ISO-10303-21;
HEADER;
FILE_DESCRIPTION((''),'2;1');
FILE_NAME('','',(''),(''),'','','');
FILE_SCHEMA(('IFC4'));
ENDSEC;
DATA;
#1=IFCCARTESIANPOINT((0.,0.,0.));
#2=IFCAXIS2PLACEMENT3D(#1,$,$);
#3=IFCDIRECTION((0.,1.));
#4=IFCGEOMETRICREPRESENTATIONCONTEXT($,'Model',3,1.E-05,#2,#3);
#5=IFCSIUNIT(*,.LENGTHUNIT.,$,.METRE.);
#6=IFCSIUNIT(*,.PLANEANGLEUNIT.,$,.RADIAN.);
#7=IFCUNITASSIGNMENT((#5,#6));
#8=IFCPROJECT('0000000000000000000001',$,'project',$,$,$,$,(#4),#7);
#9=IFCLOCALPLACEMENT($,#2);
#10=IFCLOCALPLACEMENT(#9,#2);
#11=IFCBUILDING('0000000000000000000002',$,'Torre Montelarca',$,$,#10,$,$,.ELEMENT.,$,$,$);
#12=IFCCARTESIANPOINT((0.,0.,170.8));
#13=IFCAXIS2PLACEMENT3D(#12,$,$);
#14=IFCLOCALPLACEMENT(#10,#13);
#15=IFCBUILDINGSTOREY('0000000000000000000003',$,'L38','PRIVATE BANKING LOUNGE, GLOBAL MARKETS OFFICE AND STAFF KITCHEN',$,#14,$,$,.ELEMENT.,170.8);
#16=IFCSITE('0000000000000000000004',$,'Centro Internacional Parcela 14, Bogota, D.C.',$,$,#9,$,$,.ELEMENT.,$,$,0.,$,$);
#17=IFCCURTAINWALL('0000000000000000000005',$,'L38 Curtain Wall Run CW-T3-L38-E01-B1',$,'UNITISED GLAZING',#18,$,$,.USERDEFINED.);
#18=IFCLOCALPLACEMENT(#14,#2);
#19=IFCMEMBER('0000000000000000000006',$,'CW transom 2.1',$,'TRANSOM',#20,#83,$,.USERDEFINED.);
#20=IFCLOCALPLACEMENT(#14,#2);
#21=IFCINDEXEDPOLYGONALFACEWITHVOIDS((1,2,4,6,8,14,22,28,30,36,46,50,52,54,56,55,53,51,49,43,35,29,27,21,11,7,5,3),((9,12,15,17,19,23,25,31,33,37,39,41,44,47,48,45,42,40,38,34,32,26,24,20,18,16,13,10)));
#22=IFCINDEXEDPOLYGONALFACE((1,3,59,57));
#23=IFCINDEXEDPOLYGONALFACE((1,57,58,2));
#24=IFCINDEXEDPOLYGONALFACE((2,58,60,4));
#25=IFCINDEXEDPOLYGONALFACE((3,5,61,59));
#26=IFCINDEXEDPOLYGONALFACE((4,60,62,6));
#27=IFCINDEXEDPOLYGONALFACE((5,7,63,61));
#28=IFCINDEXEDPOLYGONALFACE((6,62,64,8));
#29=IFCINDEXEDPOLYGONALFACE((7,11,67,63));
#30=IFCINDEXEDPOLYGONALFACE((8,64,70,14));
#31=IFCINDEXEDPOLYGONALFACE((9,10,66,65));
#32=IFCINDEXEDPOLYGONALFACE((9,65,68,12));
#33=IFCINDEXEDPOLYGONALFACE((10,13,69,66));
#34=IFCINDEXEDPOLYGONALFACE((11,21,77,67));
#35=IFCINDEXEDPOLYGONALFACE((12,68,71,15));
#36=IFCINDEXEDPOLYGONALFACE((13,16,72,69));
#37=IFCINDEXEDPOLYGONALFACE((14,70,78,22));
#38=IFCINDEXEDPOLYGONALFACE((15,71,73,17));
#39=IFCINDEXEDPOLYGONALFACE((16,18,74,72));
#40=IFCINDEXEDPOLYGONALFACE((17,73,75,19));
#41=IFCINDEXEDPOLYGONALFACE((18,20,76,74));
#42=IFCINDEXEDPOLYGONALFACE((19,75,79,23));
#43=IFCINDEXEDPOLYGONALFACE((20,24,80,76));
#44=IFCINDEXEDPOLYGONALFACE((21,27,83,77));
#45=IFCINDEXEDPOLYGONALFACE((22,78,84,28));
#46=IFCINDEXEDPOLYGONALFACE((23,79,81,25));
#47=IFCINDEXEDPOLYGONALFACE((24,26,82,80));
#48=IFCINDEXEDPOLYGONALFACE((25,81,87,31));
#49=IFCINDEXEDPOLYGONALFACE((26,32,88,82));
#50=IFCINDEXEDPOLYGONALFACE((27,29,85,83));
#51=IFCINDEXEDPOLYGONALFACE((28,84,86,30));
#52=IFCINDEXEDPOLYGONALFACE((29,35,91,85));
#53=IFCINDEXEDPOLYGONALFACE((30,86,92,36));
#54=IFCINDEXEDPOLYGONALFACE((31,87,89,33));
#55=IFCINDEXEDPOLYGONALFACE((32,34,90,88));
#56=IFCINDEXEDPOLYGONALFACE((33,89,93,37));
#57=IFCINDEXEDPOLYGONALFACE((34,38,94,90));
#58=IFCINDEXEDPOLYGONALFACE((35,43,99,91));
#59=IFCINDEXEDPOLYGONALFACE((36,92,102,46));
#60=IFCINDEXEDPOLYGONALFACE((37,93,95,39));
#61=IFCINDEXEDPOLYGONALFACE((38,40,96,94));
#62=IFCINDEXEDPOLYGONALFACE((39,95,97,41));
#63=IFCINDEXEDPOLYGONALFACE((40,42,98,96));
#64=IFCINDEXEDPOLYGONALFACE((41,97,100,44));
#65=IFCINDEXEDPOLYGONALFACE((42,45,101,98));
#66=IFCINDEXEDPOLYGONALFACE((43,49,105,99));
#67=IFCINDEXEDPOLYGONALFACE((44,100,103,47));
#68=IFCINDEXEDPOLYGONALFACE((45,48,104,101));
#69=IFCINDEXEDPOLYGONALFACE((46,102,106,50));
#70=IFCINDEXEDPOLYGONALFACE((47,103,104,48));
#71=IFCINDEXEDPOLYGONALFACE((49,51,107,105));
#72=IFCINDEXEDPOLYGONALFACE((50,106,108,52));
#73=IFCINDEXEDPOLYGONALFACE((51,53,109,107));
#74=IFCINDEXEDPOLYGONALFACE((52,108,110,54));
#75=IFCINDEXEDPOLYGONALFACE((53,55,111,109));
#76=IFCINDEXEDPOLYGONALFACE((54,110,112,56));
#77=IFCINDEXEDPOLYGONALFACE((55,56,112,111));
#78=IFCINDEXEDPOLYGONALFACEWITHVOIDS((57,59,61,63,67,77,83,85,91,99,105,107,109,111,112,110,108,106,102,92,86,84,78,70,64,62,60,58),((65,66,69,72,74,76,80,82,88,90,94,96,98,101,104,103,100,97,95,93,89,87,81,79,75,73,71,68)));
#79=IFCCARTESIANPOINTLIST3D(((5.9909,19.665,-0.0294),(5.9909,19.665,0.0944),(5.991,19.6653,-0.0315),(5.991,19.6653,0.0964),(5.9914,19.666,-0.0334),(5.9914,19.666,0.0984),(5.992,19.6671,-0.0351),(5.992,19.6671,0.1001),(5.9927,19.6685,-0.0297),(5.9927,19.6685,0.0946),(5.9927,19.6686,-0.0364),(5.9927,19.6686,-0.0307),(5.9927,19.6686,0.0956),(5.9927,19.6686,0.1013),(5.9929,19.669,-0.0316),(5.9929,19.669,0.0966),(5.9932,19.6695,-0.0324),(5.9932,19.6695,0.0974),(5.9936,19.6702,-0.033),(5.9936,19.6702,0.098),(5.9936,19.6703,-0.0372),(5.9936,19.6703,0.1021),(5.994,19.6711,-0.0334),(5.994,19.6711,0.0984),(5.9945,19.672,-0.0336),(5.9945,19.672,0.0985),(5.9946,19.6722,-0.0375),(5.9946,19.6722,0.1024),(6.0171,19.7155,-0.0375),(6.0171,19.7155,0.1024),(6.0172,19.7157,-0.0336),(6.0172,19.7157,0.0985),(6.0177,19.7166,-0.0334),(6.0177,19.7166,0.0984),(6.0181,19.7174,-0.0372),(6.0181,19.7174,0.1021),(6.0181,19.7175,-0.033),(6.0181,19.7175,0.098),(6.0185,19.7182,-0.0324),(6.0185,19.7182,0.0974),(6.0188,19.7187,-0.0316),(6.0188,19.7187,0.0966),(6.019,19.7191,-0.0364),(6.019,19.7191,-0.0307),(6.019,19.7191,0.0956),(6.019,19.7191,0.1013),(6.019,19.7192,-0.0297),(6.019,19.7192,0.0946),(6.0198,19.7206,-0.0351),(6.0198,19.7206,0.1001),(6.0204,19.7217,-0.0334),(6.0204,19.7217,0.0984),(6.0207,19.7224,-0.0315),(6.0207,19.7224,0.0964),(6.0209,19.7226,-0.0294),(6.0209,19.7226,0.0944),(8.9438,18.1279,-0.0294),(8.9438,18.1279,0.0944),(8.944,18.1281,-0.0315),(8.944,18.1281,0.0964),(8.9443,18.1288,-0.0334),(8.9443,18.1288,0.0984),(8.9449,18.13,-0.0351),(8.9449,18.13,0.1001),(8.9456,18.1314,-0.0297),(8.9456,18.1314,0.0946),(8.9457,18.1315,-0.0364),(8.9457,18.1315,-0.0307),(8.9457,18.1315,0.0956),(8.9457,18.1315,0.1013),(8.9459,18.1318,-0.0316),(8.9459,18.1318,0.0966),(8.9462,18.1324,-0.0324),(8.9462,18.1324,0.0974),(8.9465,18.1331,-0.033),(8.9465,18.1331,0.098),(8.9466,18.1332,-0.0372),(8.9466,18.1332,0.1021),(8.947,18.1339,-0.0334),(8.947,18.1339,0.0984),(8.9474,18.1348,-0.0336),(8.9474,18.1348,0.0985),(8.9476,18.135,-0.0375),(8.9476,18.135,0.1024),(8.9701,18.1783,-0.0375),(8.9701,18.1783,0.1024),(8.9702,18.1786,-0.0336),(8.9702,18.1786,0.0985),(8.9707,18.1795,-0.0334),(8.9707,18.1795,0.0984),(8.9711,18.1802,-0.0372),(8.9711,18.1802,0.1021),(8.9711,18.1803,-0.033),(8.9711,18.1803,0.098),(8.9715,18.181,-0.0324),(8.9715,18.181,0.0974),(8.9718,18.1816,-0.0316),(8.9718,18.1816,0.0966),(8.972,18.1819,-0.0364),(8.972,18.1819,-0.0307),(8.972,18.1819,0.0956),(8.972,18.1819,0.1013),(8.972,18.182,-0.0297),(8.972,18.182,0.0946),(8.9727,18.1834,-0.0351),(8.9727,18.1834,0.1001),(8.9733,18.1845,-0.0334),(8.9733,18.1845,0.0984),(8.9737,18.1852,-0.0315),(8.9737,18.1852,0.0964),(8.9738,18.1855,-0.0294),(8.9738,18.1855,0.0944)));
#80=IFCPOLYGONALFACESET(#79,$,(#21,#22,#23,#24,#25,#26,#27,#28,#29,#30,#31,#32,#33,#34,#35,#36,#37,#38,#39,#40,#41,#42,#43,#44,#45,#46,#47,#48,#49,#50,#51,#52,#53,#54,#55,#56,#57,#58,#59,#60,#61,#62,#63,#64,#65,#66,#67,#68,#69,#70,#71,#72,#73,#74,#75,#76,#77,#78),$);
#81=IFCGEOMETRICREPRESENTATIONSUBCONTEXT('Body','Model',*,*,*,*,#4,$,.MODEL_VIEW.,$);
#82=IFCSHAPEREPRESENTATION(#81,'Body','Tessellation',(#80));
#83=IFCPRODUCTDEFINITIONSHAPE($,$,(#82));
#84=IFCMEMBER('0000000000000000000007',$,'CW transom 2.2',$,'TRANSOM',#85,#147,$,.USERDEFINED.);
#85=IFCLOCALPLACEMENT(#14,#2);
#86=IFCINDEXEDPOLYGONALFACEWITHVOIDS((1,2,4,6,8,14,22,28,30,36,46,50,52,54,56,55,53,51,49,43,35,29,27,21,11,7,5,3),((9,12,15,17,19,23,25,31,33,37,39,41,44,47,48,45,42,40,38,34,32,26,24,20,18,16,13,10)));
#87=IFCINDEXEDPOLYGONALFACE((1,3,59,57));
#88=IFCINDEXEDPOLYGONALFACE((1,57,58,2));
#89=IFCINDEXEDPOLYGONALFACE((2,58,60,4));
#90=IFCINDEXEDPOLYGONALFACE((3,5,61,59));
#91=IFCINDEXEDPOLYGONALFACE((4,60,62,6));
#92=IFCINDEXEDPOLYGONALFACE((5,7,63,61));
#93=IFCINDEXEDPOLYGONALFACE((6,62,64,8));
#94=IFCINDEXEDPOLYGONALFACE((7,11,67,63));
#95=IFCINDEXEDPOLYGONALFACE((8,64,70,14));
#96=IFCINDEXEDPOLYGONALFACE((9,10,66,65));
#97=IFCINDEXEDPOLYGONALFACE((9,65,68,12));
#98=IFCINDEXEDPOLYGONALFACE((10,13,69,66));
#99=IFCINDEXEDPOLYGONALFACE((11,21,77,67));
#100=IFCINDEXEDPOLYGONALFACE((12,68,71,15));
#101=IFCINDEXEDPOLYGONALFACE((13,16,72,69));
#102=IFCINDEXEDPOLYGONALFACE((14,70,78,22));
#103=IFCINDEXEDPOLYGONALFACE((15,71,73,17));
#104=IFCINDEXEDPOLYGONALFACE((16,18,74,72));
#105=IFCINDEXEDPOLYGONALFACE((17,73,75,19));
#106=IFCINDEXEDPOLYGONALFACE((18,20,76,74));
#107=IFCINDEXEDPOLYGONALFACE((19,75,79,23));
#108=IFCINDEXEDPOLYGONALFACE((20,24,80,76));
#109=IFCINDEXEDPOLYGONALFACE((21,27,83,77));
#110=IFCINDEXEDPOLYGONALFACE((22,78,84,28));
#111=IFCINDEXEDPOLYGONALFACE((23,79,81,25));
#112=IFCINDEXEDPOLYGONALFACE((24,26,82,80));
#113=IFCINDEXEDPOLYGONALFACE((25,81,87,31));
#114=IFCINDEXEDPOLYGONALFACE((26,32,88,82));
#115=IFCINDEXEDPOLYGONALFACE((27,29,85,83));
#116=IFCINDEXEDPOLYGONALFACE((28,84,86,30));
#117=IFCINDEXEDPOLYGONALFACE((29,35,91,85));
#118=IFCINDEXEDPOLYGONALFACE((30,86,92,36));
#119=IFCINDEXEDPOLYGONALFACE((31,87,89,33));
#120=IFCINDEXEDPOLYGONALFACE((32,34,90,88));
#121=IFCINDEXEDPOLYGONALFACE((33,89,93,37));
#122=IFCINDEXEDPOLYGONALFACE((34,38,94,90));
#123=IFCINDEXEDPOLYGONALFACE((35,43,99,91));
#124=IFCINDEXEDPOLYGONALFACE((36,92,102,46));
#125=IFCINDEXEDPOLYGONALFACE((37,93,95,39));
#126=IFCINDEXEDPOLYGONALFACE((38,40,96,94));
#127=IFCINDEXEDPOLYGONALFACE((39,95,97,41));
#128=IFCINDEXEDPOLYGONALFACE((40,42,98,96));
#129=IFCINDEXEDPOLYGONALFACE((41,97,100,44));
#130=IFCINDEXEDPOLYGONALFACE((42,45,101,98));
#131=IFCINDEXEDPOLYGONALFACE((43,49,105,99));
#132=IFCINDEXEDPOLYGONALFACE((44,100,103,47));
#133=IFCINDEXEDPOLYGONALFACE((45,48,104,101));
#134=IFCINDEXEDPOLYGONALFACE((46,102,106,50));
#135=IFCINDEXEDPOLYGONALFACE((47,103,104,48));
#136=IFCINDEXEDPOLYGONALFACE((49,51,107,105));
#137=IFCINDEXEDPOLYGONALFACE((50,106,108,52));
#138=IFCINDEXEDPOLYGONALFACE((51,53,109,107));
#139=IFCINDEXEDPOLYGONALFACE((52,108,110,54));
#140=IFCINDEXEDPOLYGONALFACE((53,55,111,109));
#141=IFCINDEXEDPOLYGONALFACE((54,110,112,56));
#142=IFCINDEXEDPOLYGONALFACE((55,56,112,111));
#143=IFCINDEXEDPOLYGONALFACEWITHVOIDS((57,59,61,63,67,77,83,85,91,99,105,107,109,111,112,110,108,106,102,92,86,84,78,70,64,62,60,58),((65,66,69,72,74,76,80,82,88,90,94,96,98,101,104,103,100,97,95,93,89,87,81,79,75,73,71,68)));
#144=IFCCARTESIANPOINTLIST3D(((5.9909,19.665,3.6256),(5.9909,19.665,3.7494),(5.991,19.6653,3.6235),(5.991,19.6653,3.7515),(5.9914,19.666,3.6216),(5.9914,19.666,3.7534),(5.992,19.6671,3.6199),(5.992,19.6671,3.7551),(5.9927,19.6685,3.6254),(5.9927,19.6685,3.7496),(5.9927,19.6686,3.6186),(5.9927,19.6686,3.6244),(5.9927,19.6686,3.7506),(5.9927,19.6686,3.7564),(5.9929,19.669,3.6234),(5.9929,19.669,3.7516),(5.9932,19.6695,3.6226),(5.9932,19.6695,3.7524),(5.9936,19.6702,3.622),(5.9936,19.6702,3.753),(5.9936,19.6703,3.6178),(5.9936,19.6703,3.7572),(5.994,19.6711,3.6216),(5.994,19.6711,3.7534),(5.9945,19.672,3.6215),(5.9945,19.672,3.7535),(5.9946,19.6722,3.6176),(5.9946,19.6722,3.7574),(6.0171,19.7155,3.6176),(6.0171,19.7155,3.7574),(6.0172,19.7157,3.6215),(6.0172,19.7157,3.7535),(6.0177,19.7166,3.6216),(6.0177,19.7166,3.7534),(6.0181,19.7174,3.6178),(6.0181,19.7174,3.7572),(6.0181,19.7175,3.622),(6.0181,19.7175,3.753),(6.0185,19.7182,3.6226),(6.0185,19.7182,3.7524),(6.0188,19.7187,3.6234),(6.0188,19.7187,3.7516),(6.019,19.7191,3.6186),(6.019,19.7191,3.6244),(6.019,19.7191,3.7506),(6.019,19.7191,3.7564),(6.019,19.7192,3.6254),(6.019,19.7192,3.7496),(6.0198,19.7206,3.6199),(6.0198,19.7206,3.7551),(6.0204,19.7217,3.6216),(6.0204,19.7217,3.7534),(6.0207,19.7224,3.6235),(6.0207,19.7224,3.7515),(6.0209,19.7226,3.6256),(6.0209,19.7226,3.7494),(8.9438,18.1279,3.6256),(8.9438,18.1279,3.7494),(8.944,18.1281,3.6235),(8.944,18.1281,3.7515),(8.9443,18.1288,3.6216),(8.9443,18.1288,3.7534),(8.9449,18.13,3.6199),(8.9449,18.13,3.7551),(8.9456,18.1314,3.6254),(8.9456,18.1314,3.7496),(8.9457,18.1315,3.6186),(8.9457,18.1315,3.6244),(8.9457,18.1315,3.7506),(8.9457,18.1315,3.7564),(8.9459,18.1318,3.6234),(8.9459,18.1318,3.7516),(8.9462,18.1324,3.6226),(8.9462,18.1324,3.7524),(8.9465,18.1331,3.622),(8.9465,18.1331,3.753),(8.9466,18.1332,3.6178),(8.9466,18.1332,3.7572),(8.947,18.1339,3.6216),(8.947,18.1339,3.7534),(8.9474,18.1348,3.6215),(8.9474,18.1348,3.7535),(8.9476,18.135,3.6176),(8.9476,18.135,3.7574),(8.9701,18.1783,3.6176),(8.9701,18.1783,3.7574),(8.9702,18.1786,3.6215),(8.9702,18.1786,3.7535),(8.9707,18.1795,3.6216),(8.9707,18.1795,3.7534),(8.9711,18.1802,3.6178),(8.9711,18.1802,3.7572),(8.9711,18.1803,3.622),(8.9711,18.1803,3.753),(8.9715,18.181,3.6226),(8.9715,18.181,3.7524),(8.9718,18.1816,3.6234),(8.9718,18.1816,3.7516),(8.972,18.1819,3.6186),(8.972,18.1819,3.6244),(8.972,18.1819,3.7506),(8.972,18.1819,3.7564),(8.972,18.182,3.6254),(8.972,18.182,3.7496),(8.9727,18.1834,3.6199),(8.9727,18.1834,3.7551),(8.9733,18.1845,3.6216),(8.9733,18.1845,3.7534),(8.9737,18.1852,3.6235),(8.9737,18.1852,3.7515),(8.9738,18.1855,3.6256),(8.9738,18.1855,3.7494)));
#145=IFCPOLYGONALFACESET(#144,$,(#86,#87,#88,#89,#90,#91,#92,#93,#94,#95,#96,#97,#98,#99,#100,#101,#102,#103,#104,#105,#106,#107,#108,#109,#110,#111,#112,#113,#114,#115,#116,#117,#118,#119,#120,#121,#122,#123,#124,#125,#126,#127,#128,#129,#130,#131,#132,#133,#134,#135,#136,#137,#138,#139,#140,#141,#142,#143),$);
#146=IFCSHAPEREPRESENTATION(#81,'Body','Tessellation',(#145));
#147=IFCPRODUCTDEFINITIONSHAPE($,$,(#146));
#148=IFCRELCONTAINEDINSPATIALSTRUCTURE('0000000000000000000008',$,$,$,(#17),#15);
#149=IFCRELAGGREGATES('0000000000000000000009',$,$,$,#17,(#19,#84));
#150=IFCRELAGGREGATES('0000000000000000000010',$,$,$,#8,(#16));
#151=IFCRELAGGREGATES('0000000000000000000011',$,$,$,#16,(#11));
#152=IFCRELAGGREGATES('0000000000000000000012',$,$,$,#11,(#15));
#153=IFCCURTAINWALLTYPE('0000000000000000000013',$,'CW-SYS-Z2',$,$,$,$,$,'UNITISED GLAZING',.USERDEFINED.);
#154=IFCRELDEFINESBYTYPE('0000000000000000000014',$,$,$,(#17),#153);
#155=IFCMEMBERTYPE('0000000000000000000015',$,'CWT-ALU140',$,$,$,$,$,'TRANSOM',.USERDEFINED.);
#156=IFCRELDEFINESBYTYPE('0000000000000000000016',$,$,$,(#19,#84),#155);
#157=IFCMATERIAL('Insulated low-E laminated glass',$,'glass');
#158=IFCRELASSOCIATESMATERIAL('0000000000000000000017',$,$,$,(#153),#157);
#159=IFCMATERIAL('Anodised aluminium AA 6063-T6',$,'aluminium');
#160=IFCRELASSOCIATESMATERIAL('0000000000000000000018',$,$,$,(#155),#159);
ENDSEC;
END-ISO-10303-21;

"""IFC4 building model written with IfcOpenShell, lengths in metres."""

from ifc_helpers import new_model, si_unit, direction, frame, origin, origin_2d, place, context, subcontext, project, spatial, hollow_rectangle, extrude, source, transform, mapped, material, material_profile, profile_set, type_object, element, aggregate, save


model = new_model("IFC4")

# Units and contexts
model_context = context("Model", 3, precision=1e-05, world=origin(), true_north=direction((0.0, 1.0)))
body_context = subcontext(model_context, "Body", "Model", "MODEL_VIEW")
ifc_project = project(units=[si_unit("LENGTHUNIT", "METRE"), si_unit("PLANEANGLEUNIT", "RADIAN")], contexts=[model_context])

# Site, building, storey
site_placement = place(None, origin())
site = spatial("IfcSite", under=ifc_project, at=site_placement, Name="Centro Internacional Parcela 14, Bogota, D.C.", CompositionType="ELEMENT", RefElevation=0.0)
building_placement = place(site_placement, origin())
building = spatial("IfcBuilding", under=site, at=building_placement, Name="Torre Montelarca", CompositionType="ELEMENT")
storey_placement = place(building_placement, frame((0.0, 0.0, 170.8)))
storey = spatial("IfcBuildingStorey", under=building, at=storey_placement, Name="L38", Description="PRIVATE BANKING LOUNGE, GLOBAL MARKETS OFFICE AND STAFF KITCHEN", CompositionType="ELEMENT", Elevation=170.8)

# Curtain wall
ifc_material_1 = material(Name="Insulated low-E laminated glass", Category="glass")
curtain_wall_type = type_object("IfcCurtainWallType", Name="CW-SYS-Z2", ElementType="UNITISED GLAZING", PredefinedType="USERDEFINED", material=ifc_material_1)
curtain_wall_1_placement = place(storey_placement, origin())
curtain_wall_1 = element("IfcCurtainWall", 1, at=curtain_wall_1_placement, inside=storey, type_object=curtain_wall_type, Name="L38 Curtain Wall Run CW-T3-L38-E01-B1", ObjectType="UNITISED GLAZING", PredefinedType="USERDEFINED")
ifc_material_2 = material(Name="Anodised aluminium AA 6063-T6", Category="aluminium")
ifc_material_profile_1 = material_profile(ifc_material_2, hollow_rectangle(XDim=0.0649, YDim=0.1399, WallThickness=0.0039, InnerFilletRadius=0.0039, OuterFilletRadius=0.0081, at=origin_2d()), Name="ALU65X140X4", Category="aluminium")
ifc_profile_set_1 = profile_set([ifc_material_profile_1], Name="Anodised aluminium AA 6063-T6")
member_type_1 = type_object("IfcMemberType", Name="CWT-ALU140", ElementType="TRANSOM", PredefinedType="USERDEFINED", material=ifc_profile_set_1)

# Members
shared_shape_1 = source(origin(), body_context, "Body", "SweptSolid", [
    extrude(hollow_rectangle(XDim=0.0649, YDim=0.1399, WallThickness=0.0039, InnerFilletRadius=0.0039, OuterFilletRadius=0.0081, at=origin_2d()), origin(), (0.0, 0.0, 1.0), 3.3291),
])
member_1_placement = place(storey_placement, frame((6.0059, 19.6938, 0.0325), z_axis=(0.887019, -0.461734, 0.0), x_axis=(0.461734, 0.887019, 0.0)))
member_1 = element("IfcMember", 2, at=member_1_placement, type_object=member_type_1, Name="CW transom 2.1", ObjectType="TRANSOM", PredefinedType="USERDEFINED", context=body_context, shape_type="MappedRepresentation", body=[
    mapped(shared_shape_1, transform((0.0, 0.0, 0.0), scale=1.0)),
])
member_2_placement = place(storey_placement, frame((6.0059, 19.6938, 3.6875), z_axis=(0.887019, -0.461734, 0.0), x_axis=(0.461734, 0.887019, 0.0)))
member_2 = element("IfcMember", 3, at=member_2_placement, type_object=member_type_1, Name="CW transom 2.2", ObjectType="TRANSOM", PredefinedType="USERDEFINED", context=body_context, shape_type="MappedRepresentation", body=[
    mapped(shared_shape_1, transform((0.0, 0.0, 0.0), scale=1.0)),
])

aggregate(curtain_wall_1, [member_1, member_2])

save(model, "model.ifc")
